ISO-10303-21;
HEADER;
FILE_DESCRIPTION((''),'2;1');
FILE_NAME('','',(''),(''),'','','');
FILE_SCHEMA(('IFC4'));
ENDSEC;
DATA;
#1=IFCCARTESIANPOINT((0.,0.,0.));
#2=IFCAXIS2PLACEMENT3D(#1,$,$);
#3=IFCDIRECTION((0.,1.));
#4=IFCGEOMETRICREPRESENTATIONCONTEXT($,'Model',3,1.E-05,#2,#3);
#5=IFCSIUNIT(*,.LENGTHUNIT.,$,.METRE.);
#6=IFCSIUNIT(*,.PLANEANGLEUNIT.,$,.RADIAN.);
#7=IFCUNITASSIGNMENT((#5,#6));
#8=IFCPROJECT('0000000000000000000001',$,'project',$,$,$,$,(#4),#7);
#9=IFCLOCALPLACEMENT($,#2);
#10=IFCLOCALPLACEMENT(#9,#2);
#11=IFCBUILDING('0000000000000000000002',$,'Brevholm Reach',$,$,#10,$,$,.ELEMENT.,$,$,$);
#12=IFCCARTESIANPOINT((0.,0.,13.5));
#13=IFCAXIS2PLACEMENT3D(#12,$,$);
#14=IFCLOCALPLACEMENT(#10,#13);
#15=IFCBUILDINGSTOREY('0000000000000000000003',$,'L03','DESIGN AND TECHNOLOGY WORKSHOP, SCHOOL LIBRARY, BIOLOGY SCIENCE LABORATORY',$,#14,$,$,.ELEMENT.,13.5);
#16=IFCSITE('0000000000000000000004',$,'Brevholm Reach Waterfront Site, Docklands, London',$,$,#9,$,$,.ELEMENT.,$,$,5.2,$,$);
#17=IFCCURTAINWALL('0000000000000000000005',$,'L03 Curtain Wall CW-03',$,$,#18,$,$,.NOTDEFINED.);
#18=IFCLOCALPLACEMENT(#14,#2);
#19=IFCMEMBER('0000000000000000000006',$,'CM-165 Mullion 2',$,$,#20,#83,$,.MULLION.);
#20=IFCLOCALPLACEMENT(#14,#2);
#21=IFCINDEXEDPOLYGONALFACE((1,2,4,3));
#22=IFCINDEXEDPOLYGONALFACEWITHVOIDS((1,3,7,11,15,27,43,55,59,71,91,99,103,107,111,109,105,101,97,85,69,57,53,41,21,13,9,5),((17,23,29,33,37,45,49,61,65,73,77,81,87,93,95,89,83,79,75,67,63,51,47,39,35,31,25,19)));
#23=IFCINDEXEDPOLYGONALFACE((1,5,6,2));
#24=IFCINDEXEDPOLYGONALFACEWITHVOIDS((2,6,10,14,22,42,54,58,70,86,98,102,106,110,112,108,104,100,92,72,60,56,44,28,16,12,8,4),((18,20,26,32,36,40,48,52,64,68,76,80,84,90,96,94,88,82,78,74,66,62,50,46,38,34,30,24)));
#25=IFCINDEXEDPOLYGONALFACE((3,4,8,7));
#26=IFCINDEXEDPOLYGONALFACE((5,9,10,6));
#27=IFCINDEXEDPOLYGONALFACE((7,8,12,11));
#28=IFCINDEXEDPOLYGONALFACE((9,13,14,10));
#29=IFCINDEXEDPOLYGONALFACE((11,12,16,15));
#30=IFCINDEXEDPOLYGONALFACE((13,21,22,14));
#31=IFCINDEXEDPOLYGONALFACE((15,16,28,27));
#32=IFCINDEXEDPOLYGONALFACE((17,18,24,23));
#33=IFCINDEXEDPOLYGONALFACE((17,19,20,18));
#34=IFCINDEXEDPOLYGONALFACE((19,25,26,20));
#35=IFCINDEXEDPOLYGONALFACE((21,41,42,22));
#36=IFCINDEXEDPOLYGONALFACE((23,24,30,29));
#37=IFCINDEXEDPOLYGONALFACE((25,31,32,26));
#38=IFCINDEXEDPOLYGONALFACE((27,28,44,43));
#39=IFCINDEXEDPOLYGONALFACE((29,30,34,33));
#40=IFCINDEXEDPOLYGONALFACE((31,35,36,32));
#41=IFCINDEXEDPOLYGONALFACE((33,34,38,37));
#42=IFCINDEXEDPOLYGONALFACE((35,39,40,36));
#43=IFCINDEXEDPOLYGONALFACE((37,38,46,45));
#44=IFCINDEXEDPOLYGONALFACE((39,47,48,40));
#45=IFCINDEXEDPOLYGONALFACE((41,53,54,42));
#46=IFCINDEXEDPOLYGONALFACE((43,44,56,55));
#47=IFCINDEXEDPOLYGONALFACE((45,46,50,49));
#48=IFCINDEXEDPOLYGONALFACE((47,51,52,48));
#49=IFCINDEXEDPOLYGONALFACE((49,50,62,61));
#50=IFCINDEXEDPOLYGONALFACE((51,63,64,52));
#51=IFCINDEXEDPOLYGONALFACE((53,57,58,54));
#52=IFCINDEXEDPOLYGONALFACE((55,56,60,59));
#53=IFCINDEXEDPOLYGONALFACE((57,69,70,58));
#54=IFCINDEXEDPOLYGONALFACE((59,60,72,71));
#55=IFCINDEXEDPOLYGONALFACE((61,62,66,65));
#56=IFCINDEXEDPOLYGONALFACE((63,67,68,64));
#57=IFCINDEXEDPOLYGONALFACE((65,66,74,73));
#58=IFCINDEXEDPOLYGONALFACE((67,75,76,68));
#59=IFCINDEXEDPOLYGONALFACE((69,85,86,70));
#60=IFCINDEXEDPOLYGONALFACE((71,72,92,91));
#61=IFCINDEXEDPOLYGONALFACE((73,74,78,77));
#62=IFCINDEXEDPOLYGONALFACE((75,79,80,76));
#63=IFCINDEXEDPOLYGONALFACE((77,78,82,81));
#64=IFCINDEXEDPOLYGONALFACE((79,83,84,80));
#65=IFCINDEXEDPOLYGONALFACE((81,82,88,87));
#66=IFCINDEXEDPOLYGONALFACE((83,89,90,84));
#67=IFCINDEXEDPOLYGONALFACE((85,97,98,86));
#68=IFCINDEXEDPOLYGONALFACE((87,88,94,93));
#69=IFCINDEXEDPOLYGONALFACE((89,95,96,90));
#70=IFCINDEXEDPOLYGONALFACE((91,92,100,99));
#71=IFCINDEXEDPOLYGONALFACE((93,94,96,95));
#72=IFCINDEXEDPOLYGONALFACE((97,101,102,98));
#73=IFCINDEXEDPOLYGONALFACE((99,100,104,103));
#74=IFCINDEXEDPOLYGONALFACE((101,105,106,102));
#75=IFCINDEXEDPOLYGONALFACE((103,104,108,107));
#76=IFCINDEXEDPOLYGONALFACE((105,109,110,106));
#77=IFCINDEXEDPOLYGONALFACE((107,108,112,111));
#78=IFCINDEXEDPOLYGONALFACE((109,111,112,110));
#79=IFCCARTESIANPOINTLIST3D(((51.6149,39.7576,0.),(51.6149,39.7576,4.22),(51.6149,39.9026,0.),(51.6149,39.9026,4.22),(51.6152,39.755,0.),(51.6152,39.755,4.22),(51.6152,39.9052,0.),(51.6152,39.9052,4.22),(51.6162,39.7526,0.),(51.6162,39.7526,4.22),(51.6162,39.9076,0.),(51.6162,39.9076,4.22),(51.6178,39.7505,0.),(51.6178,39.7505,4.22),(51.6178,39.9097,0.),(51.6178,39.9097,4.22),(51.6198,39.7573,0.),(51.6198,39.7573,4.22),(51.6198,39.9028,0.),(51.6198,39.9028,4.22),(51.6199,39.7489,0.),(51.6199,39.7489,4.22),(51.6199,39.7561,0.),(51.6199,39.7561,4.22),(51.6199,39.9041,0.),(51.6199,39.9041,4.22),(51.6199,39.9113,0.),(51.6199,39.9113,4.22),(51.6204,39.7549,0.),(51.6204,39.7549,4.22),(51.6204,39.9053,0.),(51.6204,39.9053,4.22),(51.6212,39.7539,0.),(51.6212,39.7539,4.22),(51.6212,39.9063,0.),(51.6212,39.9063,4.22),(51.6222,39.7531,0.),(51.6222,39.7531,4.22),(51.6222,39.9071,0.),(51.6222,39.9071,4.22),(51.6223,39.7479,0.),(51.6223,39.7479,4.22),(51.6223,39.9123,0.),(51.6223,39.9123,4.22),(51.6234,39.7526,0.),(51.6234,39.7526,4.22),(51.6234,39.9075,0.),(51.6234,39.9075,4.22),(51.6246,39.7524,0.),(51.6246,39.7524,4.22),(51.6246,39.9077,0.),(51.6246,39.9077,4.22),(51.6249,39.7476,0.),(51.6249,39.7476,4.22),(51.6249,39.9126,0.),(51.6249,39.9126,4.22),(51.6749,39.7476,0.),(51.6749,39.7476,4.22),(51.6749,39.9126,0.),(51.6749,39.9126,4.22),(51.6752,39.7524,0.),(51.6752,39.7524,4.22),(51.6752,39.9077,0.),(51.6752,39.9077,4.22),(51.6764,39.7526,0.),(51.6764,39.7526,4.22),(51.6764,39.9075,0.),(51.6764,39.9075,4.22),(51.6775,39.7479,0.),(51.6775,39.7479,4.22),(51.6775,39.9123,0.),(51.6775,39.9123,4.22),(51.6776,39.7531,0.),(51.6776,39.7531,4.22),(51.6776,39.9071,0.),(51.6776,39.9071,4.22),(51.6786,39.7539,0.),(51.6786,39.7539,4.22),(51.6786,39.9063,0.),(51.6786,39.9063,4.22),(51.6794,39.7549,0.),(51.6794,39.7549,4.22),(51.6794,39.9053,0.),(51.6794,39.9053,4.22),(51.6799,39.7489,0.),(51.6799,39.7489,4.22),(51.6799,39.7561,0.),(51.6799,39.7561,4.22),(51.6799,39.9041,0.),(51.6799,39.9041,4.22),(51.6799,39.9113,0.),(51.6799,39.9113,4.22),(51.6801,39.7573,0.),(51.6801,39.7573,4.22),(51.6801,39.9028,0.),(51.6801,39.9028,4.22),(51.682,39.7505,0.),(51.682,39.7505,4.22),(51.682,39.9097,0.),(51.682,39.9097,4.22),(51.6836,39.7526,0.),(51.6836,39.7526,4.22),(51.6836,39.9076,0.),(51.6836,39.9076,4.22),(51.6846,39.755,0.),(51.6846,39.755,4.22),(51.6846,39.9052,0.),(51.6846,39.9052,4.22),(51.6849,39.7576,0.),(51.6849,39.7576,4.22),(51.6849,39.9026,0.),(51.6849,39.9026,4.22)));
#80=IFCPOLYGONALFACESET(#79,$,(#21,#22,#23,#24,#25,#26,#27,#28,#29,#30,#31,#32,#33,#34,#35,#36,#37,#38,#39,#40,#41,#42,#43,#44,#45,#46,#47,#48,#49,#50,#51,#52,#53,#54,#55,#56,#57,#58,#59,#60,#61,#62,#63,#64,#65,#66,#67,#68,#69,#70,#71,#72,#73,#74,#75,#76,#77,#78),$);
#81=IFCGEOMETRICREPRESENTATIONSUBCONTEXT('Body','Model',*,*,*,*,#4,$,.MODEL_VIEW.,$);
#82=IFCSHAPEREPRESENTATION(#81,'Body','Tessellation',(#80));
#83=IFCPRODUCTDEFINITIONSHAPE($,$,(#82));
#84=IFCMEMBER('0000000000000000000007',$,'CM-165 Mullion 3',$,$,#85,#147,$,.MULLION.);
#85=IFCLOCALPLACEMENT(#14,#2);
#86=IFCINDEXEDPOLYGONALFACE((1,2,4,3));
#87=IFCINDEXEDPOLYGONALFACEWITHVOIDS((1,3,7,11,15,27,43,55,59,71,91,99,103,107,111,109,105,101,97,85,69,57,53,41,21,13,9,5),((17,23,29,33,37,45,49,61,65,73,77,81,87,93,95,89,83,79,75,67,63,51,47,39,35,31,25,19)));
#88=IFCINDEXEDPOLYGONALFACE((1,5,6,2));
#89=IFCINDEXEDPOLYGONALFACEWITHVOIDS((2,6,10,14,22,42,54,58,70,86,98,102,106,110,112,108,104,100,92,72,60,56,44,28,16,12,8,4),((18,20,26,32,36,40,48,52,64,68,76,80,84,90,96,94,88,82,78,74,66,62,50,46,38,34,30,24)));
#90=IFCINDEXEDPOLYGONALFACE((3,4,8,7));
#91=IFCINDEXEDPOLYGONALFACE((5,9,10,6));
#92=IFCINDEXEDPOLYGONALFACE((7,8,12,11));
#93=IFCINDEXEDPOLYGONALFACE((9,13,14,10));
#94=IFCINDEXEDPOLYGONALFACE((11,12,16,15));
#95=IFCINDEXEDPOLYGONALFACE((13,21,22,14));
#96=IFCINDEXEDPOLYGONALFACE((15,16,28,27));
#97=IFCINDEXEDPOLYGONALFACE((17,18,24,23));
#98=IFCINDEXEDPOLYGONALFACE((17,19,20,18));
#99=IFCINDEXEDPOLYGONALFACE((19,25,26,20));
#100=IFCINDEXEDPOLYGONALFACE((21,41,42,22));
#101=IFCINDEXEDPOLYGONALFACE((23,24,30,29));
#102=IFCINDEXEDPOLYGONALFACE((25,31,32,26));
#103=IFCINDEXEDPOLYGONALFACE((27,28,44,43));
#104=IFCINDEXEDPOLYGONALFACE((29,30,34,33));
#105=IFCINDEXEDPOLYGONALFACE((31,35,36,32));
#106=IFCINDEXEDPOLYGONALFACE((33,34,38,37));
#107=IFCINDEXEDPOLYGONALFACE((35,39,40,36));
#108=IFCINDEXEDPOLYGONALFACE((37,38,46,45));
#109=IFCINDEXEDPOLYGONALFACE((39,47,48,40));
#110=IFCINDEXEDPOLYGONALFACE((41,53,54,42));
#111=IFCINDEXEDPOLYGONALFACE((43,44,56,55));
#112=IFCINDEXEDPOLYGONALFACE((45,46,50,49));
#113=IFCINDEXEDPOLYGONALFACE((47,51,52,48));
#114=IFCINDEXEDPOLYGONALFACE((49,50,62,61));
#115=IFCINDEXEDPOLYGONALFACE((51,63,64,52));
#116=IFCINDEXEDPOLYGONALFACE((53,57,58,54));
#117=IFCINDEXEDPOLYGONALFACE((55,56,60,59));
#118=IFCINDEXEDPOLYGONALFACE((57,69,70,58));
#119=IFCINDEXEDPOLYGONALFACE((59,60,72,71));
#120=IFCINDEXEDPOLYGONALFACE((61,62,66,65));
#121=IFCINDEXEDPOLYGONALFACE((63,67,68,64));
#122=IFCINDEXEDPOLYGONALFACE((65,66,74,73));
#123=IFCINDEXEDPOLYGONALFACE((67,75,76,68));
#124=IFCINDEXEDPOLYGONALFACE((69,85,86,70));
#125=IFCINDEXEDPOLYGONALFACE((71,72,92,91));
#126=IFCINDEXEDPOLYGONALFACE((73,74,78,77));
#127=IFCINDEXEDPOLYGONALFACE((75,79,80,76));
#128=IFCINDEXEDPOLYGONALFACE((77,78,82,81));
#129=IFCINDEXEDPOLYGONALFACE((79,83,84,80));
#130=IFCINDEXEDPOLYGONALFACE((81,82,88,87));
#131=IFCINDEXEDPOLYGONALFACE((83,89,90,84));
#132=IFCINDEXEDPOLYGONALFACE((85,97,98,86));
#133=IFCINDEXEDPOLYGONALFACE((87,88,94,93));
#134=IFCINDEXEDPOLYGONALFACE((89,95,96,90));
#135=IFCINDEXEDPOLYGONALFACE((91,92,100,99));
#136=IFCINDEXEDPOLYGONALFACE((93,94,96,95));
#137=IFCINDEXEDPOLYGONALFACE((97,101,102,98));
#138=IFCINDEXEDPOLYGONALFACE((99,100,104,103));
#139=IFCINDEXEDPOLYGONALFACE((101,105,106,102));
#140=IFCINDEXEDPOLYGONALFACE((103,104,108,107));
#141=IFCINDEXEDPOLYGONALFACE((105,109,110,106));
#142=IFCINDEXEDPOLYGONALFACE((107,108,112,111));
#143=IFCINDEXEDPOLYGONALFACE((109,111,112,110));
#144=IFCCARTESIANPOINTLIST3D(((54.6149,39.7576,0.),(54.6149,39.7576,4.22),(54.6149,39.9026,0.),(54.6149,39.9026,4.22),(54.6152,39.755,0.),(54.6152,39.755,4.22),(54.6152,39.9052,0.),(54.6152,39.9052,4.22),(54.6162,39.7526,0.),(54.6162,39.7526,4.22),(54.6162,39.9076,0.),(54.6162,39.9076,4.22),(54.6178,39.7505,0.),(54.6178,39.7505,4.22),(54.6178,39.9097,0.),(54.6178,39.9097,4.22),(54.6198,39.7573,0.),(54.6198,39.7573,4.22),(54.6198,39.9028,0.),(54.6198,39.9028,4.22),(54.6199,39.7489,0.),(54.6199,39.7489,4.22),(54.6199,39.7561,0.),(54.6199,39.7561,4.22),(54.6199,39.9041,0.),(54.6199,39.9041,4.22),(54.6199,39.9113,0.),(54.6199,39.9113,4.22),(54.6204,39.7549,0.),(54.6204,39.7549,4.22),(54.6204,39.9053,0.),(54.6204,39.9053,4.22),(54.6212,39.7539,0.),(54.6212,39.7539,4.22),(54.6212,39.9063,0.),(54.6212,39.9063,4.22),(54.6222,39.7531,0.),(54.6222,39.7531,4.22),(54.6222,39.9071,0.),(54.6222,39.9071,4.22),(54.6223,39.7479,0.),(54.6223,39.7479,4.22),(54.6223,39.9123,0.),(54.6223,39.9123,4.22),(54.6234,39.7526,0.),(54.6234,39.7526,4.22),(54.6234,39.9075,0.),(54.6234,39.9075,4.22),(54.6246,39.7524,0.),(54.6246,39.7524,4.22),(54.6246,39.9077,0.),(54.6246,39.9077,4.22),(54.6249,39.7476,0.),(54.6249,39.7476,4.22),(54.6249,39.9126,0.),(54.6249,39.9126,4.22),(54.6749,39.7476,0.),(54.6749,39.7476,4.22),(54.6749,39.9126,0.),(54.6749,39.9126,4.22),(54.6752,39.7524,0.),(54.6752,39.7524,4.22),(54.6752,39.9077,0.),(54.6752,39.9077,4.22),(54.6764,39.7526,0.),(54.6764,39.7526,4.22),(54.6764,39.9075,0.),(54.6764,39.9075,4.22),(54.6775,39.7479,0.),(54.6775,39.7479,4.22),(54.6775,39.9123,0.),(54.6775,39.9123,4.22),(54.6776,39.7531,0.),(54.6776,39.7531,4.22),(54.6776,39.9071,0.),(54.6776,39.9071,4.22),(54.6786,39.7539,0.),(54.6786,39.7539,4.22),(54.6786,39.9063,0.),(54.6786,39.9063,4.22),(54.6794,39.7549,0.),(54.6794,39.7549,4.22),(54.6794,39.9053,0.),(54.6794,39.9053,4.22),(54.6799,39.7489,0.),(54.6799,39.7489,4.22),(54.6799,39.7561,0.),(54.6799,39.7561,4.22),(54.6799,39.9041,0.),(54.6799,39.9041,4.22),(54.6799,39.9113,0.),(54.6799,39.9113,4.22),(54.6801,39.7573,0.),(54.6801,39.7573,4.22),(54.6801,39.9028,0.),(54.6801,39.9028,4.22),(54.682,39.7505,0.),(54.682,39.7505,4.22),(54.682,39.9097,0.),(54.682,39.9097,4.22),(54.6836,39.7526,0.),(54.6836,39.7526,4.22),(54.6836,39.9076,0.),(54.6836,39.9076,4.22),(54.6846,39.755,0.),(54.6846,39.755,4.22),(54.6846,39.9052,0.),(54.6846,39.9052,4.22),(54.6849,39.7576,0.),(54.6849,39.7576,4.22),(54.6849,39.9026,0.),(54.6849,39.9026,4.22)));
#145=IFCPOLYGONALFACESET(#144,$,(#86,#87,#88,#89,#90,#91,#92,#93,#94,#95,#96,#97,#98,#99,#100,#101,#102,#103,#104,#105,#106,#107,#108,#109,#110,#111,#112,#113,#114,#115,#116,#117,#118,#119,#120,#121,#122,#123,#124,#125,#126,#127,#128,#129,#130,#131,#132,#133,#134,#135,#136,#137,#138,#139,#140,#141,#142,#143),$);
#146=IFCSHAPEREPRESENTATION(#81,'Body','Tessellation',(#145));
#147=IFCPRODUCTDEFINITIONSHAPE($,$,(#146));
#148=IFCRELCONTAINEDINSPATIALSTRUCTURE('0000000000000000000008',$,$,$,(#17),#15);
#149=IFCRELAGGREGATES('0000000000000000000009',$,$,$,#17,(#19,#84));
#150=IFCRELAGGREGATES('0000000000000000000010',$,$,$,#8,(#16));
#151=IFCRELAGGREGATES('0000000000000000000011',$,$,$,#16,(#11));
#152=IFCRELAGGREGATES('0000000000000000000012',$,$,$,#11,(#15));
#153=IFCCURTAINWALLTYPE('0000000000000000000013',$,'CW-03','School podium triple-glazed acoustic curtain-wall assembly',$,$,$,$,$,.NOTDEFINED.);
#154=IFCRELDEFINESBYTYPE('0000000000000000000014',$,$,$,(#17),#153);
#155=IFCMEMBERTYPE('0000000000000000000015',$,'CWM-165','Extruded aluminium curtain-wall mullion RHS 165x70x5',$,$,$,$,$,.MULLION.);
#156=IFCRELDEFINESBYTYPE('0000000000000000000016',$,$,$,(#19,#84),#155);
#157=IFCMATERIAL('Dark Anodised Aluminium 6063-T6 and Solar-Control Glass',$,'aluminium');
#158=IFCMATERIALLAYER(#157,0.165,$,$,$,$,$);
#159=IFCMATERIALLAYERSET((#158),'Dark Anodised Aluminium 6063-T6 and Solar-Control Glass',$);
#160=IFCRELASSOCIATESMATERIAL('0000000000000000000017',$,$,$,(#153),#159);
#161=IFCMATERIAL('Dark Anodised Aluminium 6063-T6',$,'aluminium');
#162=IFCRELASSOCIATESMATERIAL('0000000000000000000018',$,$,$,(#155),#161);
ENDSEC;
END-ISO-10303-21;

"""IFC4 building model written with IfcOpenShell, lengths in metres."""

from ifc_helpers import new_model, si_unit, direction, frame, origin, origin_2d, place, context, subcontext, project, spatial, hollow_rectangle, extrude, material, layer, layer_set, material_profile, profile_set, type_object, element, aggregate, save


model = new_model("IFC4")

# Units and contexts
model_context = context("Model", 3, precision=1e-05, world=origin(), true_north=direction((0.0, 1.0)))
body_context = subcontext(model_context, "Body", "Model", "MODEL_VIEW")
ifc_project = project(units=[si_unit("LENGTHUNIT", "METRE"), si_unit("PLANEANGLEUNIT", "RADIAN")], contexts=[model_context])

# Site, building, storey
site_placement = place(None, origin())
site = spatial("IfcSite", under=ifc_project, at=site_placement, Name="Brevholm Reach Waterfront Site, Docklands, London", CompositionType="ELEMENT", RefElevation=5.2)
building_placement = place(site_placement, origin())
building = spatial("IfcBuilding", under=site, at=building_placement, Name="Brevholm Reach", CompositionType="ELEMENT")
storey_placement = place(building_placement, frame((0.0, 0.0, 13.5)))
storey = spatial("IfcBuildingStorey", under=building, at=storey_placement, Name="L03", Description="DESIGN AND TECHNOLOGY WORKSHOP, SCHOOL LIBRARY, BIOLOGY SCIENCE LABORATORY", CompositionType="ELEMENT", Elevation=13.5)

# Curtain wall, members
ifc_material_1 = material(Name="Dark Anodised Aluminium 6063-T6 and Solar-Control Glass", Category="aluminium")
ifc_layer_1 = layer(ifc_material_1, 0.165)
ifc_layer_set_1 = layer_set([ifc_layer_1], Name="Dark Anodised Aluminium 6063-T6 and Solar-Control Glass")
curtain_wall_type = type_object("IfcCurtainWallType", Name="CW-03", Description="School podium triple-glazed acoustic curtain-wall assembly", PredefinedType="NOTDEFINED", material=ifc_layer_set_1)
curtain_wall_placement = place(storey_placement, origin())
curtain_wall = element("IfcCurtainWall", 1, at=curtain_wall_placement, inside=storey, type_object=curtain_wall_type, Name="L03 Curtain Wall CW-03", PredefinedType="NOTDEFINED")
ifc_material_2 = material(Name="Dark Anodised Aluminium 6063-T6", Category="aluminium")
ifc_material_profile_1 = material_profile(ifc_material_2, hollow_rectangle(XDim=0.0701, YDim=0.165, WallThickness=0.0049, InnerFilletRadius=0.0049, OuterFilletRadius=0.01, at=origin_2d()), Name="RHS 165x70x5")
ifc_profile_set_1 = profile_set([ifc_material_profile_1], Name="Dark Anodised Aluminium 6063-T6")
member_type_1 = type_object("IfcMemberType", Name="CWM-165", Description="Extruded aluminium curtain-wall mullion RHS 165x70x5", PredefinedType="MULLION", material=ifc_profile_set_1)
member_1_placement = place(storey_placement, frame((51.6499, 39.8301, 0.0), z_axis=(0.0, 0.0, 1.0), x_axis=(1.0, 0.0, 0.0)))
member_1 = element("IfcMember", 2, at=member_1_placement, type_object=member_type_1, Name="CM-165 Mullion 2", PredefinedType="MULLION", context=body_context, shape_type="SweptSolid", body=[
    extrude(hollow_rectangle(XDim=0.0701, YDim=0.165, WallThickness=0.0049, InnerFilletRadius=0.0049, OuterFilletRadius=0.01, at=origin_2d()), origin(), (0.0, 0.0, 1.0), 4.22),
])
member_2_placement = place(storey_placement, frame((54.6499, 39.8301, 0.0), z_axis=(0.0, 0.0, 1.0), x_axis=(1.0, 0.0, 0.0)))
member_2 = element("IfcMember", 3, at=member_2_placement, type_object=member_type_1, Name="CM-165 Mullion 3", PredefinedType="MULLION", context=body_context, shape_type="SweptSolid", body=[
    extrude(hollow_rectangle(XDim=0.0701, YDim=0.165, WallThickness=0.0049, InnerFilletRadius=0.0049, OuterFilletRadius=0.01, at=origin_2d()), origin(), (0.0, 0.0, 1.0), 4.22),
])
aggregate(curtain_wall, [member_1, member_2])

save(model, "model.ifc")
